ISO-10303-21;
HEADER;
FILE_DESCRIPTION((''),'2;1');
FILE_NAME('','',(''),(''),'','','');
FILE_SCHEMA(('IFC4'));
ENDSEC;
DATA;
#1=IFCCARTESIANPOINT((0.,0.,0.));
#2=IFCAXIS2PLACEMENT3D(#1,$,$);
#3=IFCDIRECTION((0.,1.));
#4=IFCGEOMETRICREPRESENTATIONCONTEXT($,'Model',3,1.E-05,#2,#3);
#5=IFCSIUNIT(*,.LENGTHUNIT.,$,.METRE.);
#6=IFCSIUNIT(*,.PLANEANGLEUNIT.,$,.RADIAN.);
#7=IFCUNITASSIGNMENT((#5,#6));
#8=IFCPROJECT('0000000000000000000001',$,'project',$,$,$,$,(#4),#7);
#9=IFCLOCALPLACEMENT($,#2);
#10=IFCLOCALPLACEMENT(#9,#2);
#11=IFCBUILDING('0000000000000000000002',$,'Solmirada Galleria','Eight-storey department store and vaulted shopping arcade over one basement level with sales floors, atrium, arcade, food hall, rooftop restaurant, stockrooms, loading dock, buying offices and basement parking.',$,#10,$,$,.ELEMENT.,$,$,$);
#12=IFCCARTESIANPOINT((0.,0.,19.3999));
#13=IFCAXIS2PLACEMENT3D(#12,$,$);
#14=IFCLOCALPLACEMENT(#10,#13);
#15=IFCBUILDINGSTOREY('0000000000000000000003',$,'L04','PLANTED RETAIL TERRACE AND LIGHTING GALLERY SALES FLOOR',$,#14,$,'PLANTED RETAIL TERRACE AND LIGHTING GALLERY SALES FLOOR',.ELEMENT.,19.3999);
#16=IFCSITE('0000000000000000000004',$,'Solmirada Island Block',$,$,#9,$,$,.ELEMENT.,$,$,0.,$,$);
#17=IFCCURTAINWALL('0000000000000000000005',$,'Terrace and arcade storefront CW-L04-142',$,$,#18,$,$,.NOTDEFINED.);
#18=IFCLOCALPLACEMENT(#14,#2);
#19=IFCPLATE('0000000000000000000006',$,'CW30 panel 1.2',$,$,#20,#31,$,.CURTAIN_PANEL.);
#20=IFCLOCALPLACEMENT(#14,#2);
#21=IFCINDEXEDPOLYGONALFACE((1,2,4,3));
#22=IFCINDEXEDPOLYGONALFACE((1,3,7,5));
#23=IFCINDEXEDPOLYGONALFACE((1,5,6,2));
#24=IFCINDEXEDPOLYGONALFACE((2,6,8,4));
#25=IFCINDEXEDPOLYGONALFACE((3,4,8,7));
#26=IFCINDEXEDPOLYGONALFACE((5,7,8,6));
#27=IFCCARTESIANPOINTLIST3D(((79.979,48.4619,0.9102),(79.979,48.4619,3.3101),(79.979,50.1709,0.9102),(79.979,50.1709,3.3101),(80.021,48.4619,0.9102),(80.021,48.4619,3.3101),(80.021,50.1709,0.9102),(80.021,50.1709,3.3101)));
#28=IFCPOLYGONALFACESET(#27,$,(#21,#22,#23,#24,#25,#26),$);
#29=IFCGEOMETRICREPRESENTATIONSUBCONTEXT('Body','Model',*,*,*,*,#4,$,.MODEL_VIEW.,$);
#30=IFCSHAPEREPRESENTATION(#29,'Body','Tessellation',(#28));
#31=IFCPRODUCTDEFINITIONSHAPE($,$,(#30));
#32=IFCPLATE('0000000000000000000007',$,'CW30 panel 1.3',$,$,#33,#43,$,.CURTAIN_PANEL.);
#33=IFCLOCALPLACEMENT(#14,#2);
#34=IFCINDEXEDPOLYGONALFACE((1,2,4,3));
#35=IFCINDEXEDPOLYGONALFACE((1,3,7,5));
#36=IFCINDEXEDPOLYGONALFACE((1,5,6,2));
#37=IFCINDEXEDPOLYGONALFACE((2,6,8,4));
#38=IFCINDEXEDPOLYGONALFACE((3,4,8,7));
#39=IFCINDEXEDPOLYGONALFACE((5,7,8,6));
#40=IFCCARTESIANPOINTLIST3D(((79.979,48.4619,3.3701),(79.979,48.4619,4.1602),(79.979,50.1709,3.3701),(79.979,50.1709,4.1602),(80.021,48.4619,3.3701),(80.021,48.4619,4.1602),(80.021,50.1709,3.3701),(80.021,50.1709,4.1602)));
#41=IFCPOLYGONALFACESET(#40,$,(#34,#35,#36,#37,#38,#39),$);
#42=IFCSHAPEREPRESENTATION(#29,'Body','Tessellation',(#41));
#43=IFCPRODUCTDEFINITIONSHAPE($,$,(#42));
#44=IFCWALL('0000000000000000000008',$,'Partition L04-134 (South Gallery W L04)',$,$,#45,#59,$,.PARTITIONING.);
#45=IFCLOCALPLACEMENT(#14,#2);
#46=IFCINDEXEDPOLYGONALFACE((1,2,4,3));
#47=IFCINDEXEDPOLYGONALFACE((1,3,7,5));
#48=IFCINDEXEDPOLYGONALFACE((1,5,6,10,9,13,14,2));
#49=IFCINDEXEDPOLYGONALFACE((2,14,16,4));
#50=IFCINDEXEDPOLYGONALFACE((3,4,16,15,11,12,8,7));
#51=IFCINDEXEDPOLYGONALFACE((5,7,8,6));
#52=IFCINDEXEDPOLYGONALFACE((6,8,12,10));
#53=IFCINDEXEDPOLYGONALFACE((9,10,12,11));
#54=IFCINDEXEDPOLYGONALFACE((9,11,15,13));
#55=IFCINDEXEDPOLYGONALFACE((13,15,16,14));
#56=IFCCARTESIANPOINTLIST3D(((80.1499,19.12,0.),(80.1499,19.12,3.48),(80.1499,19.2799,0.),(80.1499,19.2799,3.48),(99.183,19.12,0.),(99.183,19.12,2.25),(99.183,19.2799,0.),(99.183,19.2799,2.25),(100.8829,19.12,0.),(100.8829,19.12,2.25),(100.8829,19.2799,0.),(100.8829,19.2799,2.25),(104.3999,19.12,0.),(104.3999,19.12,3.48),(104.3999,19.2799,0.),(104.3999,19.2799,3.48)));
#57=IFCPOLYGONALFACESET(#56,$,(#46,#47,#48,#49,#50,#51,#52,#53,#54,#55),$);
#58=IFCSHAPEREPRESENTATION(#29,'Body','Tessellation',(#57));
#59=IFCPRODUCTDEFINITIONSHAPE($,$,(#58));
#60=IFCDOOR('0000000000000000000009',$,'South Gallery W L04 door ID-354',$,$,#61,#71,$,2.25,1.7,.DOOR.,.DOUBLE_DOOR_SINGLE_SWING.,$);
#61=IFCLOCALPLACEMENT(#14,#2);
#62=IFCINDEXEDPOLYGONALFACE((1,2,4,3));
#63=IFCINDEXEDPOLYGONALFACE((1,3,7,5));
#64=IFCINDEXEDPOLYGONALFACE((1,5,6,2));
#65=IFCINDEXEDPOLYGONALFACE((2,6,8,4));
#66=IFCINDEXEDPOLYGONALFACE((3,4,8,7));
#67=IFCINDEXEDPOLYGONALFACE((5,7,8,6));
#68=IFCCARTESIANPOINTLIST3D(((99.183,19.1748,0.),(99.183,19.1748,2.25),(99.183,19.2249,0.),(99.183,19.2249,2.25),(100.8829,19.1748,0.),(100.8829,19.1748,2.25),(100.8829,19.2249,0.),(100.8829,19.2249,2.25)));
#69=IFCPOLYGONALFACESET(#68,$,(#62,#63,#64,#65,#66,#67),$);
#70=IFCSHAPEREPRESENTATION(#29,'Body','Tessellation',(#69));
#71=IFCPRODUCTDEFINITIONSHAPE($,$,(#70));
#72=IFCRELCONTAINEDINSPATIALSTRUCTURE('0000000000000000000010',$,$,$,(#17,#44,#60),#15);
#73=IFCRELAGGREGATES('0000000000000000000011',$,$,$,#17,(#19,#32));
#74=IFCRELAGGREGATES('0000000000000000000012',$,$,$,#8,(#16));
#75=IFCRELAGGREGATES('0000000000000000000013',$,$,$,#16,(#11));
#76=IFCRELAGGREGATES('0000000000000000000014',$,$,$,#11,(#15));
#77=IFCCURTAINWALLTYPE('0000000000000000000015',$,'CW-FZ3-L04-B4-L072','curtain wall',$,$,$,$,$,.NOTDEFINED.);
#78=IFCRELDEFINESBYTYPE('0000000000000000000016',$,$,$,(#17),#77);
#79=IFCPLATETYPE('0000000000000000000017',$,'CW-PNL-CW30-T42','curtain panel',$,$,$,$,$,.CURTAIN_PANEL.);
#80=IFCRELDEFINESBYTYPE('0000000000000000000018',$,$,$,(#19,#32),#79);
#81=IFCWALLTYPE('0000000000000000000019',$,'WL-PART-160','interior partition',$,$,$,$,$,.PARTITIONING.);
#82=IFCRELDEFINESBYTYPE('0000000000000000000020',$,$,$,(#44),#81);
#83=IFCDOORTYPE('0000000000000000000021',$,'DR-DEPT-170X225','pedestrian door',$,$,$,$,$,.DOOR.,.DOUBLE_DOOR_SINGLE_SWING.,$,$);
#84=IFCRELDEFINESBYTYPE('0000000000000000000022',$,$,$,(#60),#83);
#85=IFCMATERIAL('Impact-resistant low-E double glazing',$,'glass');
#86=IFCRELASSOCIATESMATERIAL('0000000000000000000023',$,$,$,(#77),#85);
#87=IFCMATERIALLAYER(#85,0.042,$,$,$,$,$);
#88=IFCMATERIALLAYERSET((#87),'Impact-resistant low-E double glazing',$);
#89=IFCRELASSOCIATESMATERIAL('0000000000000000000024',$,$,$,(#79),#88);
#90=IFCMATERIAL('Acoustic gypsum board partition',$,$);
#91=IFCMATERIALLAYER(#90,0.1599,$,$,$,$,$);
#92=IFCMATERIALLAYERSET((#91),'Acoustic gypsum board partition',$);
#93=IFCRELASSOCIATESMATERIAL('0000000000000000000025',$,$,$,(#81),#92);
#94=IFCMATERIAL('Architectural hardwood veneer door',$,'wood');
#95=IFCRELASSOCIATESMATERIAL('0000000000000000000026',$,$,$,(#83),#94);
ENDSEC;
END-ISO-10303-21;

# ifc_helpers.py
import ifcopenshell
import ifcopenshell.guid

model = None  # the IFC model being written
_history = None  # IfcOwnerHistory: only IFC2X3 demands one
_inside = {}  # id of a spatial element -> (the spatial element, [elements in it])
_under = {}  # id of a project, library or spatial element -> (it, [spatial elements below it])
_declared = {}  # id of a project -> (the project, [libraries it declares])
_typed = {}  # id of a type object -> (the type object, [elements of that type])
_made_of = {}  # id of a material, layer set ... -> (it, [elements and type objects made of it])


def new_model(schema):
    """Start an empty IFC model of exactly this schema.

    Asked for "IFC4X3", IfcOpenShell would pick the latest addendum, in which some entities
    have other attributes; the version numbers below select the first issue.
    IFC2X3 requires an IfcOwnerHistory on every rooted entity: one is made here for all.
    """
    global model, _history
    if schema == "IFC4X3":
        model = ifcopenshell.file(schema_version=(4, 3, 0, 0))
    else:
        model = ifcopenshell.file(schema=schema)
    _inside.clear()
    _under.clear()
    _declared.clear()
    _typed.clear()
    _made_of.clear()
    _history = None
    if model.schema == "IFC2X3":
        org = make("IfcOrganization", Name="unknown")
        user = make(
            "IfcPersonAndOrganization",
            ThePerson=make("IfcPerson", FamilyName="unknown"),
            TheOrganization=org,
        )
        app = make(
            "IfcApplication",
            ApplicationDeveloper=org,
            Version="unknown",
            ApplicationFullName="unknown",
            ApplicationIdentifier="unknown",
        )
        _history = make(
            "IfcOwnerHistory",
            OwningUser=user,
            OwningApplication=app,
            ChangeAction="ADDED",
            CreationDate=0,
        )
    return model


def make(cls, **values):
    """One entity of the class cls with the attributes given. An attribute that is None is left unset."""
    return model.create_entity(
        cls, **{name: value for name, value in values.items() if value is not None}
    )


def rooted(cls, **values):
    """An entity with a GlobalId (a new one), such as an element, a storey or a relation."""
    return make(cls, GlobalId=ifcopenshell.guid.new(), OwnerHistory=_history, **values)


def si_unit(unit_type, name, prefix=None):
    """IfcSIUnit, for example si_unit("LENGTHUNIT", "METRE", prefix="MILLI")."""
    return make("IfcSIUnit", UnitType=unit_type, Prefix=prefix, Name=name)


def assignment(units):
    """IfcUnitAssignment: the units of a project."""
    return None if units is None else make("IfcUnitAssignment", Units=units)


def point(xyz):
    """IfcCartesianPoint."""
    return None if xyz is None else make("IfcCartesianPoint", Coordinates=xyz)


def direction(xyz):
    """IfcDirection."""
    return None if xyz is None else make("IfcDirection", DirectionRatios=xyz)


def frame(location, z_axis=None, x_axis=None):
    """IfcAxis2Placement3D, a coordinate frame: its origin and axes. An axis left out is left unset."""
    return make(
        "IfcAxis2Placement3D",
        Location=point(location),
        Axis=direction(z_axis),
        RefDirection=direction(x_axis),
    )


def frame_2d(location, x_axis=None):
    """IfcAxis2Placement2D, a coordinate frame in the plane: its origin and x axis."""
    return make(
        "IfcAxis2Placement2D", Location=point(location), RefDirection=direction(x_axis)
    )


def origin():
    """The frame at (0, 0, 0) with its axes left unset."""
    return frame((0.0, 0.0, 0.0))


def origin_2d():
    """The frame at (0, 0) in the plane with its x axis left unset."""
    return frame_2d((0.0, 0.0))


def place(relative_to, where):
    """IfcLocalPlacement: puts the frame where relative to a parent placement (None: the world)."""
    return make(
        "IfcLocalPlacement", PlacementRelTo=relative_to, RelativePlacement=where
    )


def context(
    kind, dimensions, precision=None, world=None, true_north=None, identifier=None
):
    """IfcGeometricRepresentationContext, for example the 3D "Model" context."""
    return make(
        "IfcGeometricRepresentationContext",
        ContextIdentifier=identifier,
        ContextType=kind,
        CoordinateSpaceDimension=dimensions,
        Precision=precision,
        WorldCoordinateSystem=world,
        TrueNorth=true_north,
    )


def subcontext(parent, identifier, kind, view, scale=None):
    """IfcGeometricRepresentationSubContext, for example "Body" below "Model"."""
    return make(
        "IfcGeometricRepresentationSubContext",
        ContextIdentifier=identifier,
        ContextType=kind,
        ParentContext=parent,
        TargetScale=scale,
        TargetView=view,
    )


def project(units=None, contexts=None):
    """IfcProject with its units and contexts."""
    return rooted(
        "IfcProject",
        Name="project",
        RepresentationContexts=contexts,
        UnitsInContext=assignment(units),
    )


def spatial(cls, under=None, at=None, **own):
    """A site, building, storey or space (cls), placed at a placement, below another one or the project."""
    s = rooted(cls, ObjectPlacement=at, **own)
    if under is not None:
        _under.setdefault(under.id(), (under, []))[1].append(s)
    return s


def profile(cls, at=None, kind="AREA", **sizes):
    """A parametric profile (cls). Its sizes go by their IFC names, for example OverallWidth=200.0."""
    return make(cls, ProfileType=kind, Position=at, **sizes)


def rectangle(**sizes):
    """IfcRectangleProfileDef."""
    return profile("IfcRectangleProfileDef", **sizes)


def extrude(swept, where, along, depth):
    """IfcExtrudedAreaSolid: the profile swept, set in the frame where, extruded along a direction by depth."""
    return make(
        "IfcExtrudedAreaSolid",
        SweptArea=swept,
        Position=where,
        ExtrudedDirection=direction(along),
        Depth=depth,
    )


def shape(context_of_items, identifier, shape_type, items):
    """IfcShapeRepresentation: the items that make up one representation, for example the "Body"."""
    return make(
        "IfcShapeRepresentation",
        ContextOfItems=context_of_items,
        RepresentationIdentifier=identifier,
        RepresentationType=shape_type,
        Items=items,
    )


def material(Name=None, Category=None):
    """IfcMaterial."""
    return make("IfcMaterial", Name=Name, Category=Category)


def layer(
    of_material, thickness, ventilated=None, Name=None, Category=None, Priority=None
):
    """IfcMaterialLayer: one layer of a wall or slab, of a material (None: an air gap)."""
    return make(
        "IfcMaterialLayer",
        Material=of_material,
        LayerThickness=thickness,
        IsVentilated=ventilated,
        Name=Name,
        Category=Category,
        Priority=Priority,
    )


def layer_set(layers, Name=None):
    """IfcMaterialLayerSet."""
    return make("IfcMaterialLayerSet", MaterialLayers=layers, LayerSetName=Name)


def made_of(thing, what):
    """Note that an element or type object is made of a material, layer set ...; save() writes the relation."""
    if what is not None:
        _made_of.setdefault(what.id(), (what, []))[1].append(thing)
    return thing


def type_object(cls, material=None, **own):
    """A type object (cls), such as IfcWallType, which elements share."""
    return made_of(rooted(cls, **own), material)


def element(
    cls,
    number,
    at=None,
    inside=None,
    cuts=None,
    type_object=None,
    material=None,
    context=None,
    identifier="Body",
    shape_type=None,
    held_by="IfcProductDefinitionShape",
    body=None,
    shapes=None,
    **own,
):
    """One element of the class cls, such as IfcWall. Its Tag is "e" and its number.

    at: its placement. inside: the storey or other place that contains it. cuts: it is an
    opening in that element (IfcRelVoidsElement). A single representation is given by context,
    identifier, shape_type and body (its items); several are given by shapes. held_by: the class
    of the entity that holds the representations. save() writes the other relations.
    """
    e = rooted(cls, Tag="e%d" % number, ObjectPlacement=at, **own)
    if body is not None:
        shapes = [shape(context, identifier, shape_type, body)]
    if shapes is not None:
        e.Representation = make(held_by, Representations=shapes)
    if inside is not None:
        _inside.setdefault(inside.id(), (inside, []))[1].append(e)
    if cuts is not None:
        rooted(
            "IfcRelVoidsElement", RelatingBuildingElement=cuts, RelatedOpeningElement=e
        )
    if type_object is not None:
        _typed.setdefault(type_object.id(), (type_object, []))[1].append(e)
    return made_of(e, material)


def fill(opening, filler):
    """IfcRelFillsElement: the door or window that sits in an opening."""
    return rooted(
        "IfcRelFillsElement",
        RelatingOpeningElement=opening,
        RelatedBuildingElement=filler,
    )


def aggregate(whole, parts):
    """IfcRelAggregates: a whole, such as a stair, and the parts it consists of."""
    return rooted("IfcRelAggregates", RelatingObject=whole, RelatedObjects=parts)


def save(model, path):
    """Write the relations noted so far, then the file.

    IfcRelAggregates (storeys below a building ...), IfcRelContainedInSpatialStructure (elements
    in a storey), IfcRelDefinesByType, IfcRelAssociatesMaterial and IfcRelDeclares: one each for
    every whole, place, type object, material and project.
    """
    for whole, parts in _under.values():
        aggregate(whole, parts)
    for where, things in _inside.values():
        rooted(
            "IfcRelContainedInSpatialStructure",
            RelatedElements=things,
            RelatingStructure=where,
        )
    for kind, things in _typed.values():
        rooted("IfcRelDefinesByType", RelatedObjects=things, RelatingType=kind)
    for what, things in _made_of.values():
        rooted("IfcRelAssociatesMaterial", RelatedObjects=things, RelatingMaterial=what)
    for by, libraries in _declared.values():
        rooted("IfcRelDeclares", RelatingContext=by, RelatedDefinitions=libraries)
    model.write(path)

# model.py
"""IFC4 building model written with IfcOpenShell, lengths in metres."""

from ifc_helpers import new_model, si_unit, direction, frame, frame_2d, origin, origin_2d, place, context, subcontext, project, spatial, rectangle, extrude, material, layer, layer_set, type_object, element, fill, aggregate, save


model = new_model("IFC4")

# Units and contexts
model_context = context("Model", 3, precision=1e-05, world=origin(), true_north=direction((0.0, 1.0)))
body_context = subcontext(model_context, "Body", "Model", "MODEL_VIEW")
ifc_project = project(units=[si_unit("LENGTHUNIT", "METRE"), si_unit("PLANEANGLEUNIT", "RADIAN")], contexts=[model_context])

# Site, building, storey
site_placement = place(None, origin())
site = spatial("IfcSite", under=ifc_project, at=site_placement, Name="Solmirada Island Block", CompositionType="ELEMENT", RefElevation=0.0)
building_placement = place(site_placement, origin())
building = spatial("IfcBuilding", under=site, at=building_placement, Name="Solmirada Galleria", Description="Eight-storey department store and vaulted shopping arcade over one basement level with sales floors, atrium, arcade, food hall, rooftop restaurant, stockrooms, loading dock, buying offices and basement parking.", CompositionType="ELEMENT")
storey_placement = place(building_placement, frame((0.0, 0.0, 19.3999)))
storey = spatial("IfcBuildingStorey", under=building, at=storey_placement, Name="L04", Description="PLANTED RETAIL TERRACE AND LIGHTING GALLERY SALES FLOOR", LongName="PLANTED RETAIL TERRACE AND LIGHTING GALLERY SALES FLOOR", CompositionType="ELEMENT", Elevation=19.3999)

# Shared definitions
ifc_material_1 = material(Name="Impact-resistant low-E double glazing", Category="glass")
curtain_wall_type = type_object("IfcCurtainWallType", Name="CW-FZ3-L04-B4-L072", Description="curtain wall", PredefinedType="NOTDEFINED", material=ifc_material_1)

# Curtain wall
curtain_wall_1_placement = place(storey_placement, origin())
curtain_wall_1 = element("IfcCurtainWall", 1, at=curtain_wall_1_placement, inside=storey, type_object=curtain_wall_type, Name="Terrace and arcade storefront CW-L04-142", PredefinedType="NOTDEFINED")

# Plates
ifc_layer_1 = layer(ifc_material_1, 0.042)
ifc_layer_set_1 = layer_set([ifc_layer_1], Name="Impact-resistant low-E double glazing")
plate_type = type_object("IfcPlateType", Name="CW-PNL-CW30-T42", Description="curtain panel", PredefinedType="CURTAIN_PANEL", material=ifc_layer_set_1)
plate_1_placement = place(storey_placement, frame((80.0, 49.3164, 0.9102), z_axis=(0.0, 0.0, 1.0), x_axis=(0.0, 1.0, 0.0)))
plate_1 = element("IfcPlate", 2, at=plate_1_placement, type_object=plate_type, Name="CW30 panel 1.2", PredefinedType="CURTAIN_PANEL", context=body_context, shape_type="SweptSolid", body=[
    extrude(rectangle(XDim=1.709, YDim=0.042, at=origin_2d()), origin(), (0.0, 0.0, 1.0), 2.3999),
])
plate_2_placement = place(storey_placement, frame((80.0, 49.3164, 3.3701), z_axis=(0.0, 0.0, 1.0), x_axis=(0.0, 1.0, 0.0)))
plate_2 = element("IfcPlate", 3, at=plate_2_placement, type_object=plate_type, Name="CW30 panel 1.3", PredefinedType="CURTAIN_PANEL", context=body_context, shape_type="SweptSolid", body=[
    extrude(rectangle(XDim=1.709, YDim=0.042, at=origin_2d()), origin(), (0.0, 0.0, 1.0), 0.79),
])
aggregate(curtain_wall_1, [plate_1, plate_2])

# Wall, opening, door
ifc_material_2 = material(Name="Acoustic gypsum board partition")
ifc_layer_2 = layer(ifc_material_2, 0.1599)
ifc_layer_set_2 = layer_set([ifc_layer_2], Name="Acoustic gypsum board partition")
wall_type = type_object("IfcWallType", Name="WL-PART-160", Description="interior partition", PredefinedType="PARTITIONING", material=ifc_layer_set_2)
wall_placement = place(storey_placement, frame((80.1499, 19.2, 0.0), z_axis=(0.0, 0.0, 1.0), x_axis=(1.0, 0.0, 0.0)))
wall = element("IfcWall", 4, at=wall_placement, inside=storey, type_object=wall_type, Name="Partition L04-134 (South Gallery W L04)", PredefinedType="PARTITIONING", context=body_context, shape_type="SweptSolid", body=[
    extrude(rectangle(XDim=24.25, YDim=0.1599, at=frame_2d((12.125, 0.0))), origin(), (0.0, 0.0, 1.0), 3.48),
])
opening_placement = place(wall_placement, frame((19.033, 0.0, 0.0)))
opening = element("IfcOpeningElement", 5, at=opening_placement, cuts=wall, PredefinedType="OPENING", context=body_context, shape_type="SweptSolid", body=[
    extrude(rectangle(XDim=1.7, YDim=2.25, at=frame_2d((0.8501, 1.125))), frame((0.0, 0.0898, 0.0), z_axis=(0.0, -1.0, 0.0), x_axis=(1.0, 0.0, 0.0)), (0.0, 0.0, 1.0), 0.1799),
])
ifc_material_3 = material(Name="Architectural hardwood veneer door", Category="wood")
door_type = type_object("IfcDoorType", Name="DR-DEPT-170X225", Description="pedestrian door", OperationType="DOUBLE_DOOR_SINGLE_SWING", PredefinedType="DOOR", material=ifc_material_3)
door_placement = place(opening_placement, origin())
door = element("IfcDoor", 6, at=door_placement, inside=storey, type_object=door_type, Name="South Gallery W L04 door ID-354", OperationType="DOUBLE_DOOR_SINGLE_SWING", OverallHeight=2.25, OverallWidth=1.7, PredefinedType="DOOR", context=body_context, shape_type="SweptSolid", body=[
    extrude(rectangle(XDim=1.7, YDim=2.25, at=frame_2d((0.8501, 1.125))), frame((0.0, 0.0249, 0.0), z_axis=(0.0, -1.0, 0.0), x_axis=(1.0, 0.0, 0.0)), (0.0, 0.0, 1.0), 0.05),
])
fill(opening, door)

save(model, "model.ifc")
